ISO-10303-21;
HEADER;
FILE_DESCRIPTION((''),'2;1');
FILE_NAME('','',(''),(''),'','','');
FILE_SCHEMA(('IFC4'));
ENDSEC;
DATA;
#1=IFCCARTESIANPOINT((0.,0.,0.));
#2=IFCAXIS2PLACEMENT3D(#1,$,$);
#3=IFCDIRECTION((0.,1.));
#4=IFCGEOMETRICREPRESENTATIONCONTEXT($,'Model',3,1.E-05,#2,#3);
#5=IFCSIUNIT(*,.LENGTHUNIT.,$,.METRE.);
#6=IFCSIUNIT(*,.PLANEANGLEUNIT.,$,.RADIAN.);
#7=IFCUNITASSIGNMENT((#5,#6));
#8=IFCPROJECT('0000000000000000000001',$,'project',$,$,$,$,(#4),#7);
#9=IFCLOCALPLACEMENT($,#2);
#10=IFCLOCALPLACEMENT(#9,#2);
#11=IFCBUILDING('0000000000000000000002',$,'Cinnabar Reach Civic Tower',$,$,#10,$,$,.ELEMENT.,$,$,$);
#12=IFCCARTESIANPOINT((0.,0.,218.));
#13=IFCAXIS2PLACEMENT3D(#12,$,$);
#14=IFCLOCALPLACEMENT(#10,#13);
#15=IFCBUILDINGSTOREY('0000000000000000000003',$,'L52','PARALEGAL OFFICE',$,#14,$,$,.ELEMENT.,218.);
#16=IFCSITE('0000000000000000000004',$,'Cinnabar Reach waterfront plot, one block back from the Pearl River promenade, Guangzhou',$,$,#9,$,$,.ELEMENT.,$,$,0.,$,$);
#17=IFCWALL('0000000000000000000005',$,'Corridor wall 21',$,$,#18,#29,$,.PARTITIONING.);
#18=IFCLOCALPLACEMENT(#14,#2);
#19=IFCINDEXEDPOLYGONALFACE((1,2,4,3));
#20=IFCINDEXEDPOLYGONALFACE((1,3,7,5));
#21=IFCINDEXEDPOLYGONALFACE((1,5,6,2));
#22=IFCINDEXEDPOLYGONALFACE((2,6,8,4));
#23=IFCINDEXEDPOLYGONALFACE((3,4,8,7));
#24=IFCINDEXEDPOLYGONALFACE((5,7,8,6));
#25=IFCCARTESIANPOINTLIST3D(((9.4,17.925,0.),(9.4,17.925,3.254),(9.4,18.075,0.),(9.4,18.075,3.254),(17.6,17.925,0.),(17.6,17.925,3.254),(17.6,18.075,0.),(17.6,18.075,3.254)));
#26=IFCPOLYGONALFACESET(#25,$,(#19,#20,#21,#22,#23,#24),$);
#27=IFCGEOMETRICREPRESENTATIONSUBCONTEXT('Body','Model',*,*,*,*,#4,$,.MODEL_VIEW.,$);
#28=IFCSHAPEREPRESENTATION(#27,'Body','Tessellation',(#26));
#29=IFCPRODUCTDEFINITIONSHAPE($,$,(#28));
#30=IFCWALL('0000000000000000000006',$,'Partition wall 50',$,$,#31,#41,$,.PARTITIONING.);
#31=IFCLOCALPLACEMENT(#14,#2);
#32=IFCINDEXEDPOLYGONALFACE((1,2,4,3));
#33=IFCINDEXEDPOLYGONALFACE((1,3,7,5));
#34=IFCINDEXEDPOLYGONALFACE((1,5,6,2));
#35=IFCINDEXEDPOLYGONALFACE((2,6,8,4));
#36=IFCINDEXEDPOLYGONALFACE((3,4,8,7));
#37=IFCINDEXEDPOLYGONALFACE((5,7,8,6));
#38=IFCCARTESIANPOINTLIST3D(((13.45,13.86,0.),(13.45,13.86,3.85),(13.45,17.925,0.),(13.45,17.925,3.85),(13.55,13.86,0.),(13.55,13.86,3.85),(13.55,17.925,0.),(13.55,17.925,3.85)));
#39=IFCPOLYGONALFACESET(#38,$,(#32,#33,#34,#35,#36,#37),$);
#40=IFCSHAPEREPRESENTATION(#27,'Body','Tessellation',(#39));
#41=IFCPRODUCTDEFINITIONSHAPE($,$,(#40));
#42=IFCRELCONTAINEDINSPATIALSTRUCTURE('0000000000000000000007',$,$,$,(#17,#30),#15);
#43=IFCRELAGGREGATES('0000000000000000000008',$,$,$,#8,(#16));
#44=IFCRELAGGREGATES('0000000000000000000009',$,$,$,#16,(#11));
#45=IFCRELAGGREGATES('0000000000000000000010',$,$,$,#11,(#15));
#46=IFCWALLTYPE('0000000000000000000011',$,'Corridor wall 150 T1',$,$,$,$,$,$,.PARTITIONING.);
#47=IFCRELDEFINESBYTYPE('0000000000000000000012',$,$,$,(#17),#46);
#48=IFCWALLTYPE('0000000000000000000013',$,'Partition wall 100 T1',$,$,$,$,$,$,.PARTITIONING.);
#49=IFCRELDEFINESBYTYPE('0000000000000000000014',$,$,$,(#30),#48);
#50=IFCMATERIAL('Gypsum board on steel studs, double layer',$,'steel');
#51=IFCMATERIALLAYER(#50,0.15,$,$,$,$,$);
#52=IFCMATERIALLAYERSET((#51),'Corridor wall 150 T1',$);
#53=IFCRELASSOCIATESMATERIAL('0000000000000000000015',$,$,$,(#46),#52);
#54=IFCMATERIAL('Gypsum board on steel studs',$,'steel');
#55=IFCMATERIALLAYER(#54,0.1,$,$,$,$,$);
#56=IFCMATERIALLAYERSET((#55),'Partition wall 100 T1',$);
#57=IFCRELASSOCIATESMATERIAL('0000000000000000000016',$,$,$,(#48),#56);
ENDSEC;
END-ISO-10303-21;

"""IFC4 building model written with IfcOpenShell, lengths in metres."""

from ifc_helpers import new_model, si_unit, direction, frame, frame_2d, origin, place, context, subcontext, project, spatial, rectangle, extrude, material, layer, layer_set, type_object, element, save


model = new_model("IFC4")

# Units and contexts
model_context = context("Model", 3, precision=1e-05, world=origin(), true_north=direction((0.0, 1.0)))
body_context = subcontext(model_context, "Body", "Model", "MODEL_VIEW")
ifc_project = project(units=[si_unit("LENGTHUNIT", "METRE"), si_unit("PLANEANGLEUNIT", "RADIAN")], contexts=[model_context])

# Site, building, storey
site_placement = place(None, origin())
site = spatial("IfcSite", under=ifc_project, at=site_placement, Name="Cinnabar Reach waterfront plot, one block back from the Pearl River promenade, Guangzhou", CompositionType="ELEMENT", RefElevation=0.0)
building_placement = place(site_placement, origin())
building = spatial("IfcBuilding", under=site, at=building_placement, Name="Cinnabar Reach Civic Tower", CompositionType="ELEMENT")
storey_placement = place(building_placement, frame((0.0, 0.0, 218.0)))
storey = spatial("IfcBuildingStorey", under=building, at=storey_placement, Name="L52", Description="PARALEGAL OFFICE", CompositionType="ELEMENT", Elevation=218.0)

# Walls
ifc_material_1 = material(Name="Gypsum board on steel studs, double layer", Category="steel")
ifc_layer_1 = layer(ifc_material_1, 0.15)
ifc_layer_set_1 = layer_set([ifc_layer_1], Name="Corridor wall 150 T1")
wall_type_1 = type_object("IfcWallType", Name="Corridor wall 150 T1", PredefinedType="PARTITIONING", material=ifc_layer_set_1)
wall_1_placement = place(storey_placement, frame((9.4, 18.0, 0.0), z_axis=(0.0, 0.0, 1.0), x_axis=(1.0, 0.0, 0.0)))
element("IfcWall", 1, at=wall_1_placement, inside=storey, type_object=wall_type_1, Name="Corridor wall 21", PredefinedType="PARTITIONING", context=body_context, shape_type="SweptSolid", body=[
    extrude(rectangle(XDim=8.2, YDim=0.15, at=frame_2d((4.1, 0.0))), origin(), (0.0, 0.0, 1.0), 3.254),
])
ifc_material_2 = material(Name="Gypsum board on steel studs", Category="steel")
ifc_layer_2 = layer(ifc_material_2, 0.1)
ifc_layer_set_2 = layer_set([ifc_layer_2], Name="Partition wall 100 T1")
wall_type_2 = type_object("IfcWallType", Name="Partition wall 100 T1", PredefinedType="PARTITIONING", material=ifc_layer_set_2)
wall_2_placement = place(storey_placement, frame((13.5, 13.86, 0.0), z_axis=(0.0, 0.0, 1.0), x_axis=(0.0, 1.0, 0.0)))
element("IfcWall", 2, at=wall_2_placement, inside=storey, type_object=wall_type_2, Name="Partition wall 50", PredefinedType="PARTITIONING", context=body_context, shape_type="SweptSolid", body=[
    extrude(rectangle(XDim=4.065, YDim=0.1, at=frame_2d((2.0325, 0.0))), origin(), (0.0, 0.0, 1.0), 3.85),
])

save(model, "model.ifc")
